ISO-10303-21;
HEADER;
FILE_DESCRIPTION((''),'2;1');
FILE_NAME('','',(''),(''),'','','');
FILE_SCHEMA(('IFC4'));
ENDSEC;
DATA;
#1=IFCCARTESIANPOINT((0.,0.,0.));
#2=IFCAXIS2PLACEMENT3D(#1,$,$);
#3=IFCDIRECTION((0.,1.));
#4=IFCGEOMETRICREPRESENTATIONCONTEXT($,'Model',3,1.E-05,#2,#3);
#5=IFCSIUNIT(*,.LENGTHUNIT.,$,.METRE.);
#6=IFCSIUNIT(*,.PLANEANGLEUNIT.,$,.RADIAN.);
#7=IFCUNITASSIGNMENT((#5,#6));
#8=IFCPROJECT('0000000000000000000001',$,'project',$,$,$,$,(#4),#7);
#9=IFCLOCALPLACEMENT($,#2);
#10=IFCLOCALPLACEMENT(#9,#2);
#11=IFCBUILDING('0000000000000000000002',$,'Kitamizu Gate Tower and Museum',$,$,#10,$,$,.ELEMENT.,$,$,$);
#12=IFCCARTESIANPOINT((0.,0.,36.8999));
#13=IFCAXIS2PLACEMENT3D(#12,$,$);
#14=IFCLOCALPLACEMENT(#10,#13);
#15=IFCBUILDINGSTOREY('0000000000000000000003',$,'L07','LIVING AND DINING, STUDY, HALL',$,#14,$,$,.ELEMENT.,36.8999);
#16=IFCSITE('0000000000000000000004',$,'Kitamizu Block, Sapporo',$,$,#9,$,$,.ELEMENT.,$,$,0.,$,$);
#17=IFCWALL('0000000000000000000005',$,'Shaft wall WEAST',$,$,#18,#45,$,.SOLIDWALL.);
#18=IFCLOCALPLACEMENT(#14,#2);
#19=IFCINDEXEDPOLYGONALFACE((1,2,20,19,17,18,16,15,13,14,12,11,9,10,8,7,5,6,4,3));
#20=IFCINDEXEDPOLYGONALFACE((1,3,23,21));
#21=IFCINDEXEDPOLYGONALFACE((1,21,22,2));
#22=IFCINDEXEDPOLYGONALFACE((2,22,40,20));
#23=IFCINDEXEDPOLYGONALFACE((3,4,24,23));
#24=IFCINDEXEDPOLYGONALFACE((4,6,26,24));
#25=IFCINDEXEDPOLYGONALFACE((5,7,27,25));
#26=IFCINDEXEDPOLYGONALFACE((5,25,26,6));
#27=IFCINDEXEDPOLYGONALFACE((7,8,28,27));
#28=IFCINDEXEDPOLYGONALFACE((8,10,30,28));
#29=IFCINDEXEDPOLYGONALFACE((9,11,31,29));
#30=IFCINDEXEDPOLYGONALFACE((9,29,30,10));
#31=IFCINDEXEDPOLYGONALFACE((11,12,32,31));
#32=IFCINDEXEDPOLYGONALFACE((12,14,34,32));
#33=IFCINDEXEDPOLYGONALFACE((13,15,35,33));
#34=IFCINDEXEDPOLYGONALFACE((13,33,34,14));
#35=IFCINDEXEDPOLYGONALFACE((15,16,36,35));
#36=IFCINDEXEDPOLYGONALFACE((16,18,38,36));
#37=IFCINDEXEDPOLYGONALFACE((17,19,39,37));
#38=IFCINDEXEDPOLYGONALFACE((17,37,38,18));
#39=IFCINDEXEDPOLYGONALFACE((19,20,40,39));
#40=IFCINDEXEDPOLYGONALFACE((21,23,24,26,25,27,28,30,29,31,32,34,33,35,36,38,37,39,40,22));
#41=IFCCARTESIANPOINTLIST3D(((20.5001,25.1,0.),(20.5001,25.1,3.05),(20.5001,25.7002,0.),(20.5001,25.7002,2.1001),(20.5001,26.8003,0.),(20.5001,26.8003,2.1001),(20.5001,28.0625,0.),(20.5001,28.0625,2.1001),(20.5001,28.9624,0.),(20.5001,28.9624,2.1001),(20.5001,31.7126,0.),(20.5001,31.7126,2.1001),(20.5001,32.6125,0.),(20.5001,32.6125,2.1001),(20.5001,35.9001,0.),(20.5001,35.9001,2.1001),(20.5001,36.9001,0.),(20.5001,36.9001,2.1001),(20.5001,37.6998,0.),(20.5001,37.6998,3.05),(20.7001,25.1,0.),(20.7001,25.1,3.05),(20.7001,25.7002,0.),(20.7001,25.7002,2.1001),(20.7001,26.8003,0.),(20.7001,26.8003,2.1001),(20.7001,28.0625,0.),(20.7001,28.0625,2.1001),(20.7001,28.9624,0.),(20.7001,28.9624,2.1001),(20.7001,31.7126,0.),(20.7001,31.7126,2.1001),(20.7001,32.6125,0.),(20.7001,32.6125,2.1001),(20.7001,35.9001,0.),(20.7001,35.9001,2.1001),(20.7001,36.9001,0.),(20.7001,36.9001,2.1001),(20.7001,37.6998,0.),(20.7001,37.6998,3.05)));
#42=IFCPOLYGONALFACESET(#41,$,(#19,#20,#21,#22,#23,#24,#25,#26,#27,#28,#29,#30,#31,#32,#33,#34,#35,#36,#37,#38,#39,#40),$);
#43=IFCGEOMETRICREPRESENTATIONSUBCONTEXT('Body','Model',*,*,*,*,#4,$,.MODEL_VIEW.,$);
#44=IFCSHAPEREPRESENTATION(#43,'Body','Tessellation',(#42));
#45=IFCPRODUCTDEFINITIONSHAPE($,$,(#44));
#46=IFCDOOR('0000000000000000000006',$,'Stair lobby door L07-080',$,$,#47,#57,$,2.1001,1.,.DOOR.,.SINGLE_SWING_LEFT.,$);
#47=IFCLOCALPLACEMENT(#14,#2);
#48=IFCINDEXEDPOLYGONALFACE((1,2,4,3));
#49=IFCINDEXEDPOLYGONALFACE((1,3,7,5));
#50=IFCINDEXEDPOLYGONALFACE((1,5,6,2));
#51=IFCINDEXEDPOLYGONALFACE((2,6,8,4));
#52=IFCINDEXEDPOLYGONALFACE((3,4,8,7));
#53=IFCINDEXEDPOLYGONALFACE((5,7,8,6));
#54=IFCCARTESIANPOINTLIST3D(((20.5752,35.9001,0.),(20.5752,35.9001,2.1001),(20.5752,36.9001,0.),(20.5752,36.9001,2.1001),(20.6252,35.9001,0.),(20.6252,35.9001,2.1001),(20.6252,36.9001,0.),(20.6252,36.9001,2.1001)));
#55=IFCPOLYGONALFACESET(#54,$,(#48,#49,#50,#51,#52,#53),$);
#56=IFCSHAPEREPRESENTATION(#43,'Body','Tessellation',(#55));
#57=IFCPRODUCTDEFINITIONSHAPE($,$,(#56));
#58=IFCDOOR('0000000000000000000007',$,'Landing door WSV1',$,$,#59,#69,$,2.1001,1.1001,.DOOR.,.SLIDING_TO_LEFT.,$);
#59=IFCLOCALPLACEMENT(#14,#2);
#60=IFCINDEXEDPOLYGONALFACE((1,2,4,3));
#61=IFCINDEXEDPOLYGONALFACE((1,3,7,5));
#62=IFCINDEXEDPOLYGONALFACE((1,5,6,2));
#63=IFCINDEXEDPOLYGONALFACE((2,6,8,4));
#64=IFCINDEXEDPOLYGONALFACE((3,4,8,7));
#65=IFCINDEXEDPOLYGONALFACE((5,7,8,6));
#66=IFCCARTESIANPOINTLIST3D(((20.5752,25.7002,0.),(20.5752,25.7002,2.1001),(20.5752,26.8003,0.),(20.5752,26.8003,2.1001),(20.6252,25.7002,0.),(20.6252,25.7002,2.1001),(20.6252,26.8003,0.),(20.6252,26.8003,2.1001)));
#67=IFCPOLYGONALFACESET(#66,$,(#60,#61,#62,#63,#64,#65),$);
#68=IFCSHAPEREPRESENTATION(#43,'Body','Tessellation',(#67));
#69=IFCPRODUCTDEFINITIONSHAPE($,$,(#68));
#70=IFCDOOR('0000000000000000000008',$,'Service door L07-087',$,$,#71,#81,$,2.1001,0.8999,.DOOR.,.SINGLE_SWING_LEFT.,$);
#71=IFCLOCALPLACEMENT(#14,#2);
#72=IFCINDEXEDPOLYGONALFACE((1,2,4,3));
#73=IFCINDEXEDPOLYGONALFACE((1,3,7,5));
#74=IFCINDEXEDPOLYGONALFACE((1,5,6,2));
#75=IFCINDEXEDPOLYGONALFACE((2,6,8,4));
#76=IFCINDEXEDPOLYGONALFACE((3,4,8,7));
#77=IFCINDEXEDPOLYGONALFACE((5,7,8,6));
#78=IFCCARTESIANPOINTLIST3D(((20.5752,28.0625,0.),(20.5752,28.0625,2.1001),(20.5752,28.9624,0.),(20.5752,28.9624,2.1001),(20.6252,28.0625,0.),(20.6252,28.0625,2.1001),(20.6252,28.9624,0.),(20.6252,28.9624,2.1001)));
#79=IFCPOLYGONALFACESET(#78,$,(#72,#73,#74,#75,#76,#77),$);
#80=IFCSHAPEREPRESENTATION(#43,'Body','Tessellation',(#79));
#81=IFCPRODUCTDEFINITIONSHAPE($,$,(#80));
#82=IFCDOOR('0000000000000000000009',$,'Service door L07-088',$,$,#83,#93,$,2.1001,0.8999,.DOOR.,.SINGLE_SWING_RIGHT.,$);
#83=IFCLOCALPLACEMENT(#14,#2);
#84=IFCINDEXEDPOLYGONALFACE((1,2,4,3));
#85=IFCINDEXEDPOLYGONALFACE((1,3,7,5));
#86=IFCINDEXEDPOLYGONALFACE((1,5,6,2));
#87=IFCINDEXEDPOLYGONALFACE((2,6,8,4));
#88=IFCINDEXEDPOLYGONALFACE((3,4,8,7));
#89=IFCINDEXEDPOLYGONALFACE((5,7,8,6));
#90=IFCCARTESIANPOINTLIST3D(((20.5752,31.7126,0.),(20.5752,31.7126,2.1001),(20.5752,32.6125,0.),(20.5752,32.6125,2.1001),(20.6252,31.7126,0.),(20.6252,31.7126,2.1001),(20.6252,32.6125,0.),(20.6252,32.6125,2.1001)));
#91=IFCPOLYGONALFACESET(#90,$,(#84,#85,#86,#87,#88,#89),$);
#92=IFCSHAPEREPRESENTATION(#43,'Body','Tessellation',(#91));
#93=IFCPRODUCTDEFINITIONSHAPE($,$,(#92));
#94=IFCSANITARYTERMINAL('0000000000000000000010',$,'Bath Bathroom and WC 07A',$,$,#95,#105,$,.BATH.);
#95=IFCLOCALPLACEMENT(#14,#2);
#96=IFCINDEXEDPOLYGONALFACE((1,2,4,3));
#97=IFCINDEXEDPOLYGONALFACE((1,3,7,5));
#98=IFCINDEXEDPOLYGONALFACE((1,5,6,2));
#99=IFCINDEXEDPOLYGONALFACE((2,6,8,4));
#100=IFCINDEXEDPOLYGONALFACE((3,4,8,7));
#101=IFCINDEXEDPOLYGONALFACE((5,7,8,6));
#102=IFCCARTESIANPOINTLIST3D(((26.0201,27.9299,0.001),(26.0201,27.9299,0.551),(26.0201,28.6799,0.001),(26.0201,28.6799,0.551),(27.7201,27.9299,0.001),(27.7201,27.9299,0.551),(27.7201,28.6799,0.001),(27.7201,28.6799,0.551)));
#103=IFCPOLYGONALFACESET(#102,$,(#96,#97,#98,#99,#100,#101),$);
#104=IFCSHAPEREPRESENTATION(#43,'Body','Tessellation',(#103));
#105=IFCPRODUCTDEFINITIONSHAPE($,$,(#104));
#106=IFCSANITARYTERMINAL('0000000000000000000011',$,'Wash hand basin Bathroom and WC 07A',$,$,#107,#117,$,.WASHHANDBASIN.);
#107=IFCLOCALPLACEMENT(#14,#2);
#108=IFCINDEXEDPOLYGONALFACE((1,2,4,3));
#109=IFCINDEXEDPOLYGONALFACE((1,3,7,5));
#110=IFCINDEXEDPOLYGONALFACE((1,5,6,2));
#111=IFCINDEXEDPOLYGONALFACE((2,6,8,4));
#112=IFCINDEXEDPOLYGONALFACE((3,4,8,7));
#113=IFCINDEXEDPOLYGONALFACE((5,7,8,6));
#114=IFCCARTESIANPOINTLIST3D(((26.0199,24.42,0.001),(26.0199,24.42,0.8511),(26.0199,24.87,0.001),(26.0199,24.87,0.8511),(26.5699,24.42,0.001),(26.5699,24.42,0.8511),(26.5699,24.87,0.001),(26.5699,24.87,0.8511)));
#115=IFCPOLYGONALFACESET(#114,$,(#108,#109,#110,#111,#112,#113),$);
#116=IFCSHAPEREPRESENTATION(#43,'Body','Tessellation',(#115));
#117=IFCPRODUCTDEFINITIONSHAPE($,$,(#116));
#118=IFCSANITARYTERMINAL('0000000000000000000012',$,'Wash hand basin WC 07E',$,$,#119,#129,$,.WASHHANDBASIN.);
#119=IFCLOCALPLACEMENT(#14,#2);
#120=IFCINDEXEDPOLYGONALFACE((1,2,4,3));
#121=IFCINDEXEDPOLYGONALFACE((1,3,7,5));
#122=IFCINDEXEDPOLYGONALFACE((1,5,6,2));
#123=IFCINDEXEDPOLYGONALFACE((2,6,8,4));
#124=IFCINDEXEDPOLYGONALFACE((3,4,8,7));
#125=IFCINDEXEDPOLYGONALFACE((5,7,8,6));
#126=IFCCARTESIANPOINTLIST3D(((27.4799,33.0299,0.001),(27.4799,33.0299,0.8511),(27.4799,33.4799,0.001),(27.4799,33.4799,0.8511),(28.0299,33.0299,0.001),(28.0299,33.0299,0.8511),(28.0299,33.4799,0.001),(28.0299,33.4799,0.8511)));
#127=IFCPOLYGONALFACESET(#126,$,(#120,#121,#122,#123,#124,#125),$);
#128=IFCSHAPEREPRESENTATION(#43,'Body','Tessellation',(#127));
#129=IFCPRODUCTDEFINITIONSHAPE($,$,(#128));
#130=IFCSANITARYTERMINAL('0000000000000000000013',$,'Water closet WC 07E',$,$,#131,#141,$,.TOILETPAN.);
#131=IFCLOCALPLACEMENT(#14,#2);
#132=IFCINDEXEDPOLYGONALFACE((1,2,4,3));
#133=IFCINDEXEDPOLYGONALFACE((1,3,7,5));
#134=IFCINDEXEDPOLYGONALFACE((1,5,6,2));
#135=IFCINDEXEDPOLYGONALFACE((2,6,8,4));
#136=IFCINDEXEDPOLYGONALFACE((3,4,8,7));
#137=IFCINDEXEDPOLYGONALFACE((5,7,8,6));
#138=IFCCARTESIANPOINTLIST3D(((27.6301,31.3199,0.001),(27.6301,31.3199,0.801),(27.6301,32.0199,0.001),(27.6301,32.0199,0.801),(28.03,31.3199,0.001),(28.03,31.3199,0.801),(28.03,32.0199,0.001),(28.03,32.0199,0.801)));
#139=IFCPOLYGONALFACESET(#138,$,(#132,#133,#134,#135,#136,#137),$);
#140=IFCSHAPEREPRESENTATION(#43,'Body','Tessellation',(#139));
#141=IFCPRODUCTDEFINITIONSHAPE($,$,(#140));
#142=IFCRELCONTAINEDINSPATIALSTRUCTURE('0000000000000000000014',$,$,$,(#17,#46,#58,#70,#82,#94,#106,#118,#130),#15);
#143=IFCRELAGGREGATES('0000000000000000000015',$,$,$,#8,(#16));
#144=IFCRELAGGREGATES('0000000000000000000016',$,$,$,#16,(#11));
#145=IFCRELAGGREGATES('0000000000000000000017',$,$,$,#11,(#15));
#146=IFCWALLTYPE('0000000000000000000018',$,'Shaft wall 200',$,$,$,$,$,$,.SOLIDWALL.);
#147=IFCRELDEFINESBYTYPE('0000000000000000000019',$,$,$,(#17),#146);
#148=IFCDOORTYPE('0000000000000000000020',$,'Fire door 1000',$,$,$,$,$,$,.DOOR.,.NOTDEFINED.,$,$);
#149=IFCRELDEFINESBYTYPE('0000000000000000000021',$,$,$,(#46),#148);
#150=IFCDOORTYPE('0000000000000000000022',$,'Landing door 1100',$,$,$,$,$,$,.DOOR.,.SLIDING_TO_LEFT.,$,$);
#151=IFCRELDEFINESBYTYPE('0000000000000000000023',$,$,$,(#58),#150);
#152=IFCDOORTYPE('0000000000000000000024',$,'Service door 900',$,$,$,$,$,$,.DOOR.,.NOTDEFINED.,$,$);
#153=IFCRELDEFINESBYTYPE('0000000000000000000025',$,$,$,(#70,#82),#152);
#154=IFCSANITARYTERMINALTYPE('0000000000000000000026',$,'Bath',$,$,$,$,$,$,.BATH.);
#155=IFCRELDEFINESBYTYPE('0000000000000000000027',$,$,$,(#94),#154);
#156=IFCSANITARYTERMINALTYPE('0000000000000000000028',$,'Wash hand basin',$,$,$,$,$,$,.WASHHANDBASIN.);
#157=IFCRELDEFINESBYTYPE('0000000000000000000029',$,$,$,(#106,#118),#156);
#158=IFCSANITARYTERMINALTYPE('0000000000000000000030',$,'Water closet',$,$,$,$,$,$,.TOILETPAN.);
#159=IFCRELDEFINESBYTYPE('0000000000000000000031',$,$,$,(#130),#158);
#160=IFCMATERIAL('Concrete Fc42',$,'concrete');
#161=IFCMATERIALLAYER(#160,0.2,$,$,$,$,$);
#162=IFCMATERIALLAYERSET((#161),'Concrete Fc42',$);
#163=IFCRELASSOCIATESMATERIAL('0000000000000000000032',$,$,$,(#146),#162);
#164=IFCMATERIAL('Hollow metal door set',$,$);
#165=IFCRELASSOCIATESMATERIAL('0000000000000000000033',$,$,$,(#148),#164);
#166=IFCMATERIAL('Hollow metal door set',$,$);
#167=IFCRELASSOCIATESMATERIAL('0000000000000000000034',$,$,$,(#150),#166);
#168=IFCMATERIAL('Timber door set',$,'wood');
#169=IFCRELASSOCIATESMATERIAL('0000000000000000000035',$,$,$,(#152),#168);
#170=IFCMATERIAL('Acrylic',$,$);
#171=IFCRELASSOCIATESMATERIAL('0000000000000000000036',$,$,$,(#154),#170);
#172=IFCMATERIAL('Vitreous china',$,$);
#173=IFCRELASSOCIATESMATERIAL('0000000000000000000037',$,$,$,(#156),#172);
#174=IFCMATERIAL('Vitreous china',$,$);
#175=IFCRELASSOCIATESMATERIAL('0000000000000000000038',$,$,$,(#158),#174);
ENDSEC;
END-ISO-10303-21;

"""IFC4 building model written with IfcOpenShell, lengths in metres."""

from ifc_helpers import new_model, si_unit, direction, frame, frame_2d, origin, origin_2d, place, context, subcontext, project, spatial, rectangle, extrude, material, layer, layer_set, type_object, element, fill, save


model = new_model("IFC4")

# Units and contexts
model_context = context("Model", 3, precision=1e-05, world=origin(), true_north=direction((0.0, 1.0)))
body_context = subcontext(model_context, "Body", "Model", "MODEL_VIEW")
ifc_project = project(units=[si_unit("LENGTHUNIT", "METRE"), si_unit("PLANEANGLEUNIT", "RADIAN")], contexts=[model_context])

# Site, building, storey
site_placement = place(None, origin())
site = spatial("IfcSite", under=ifc_project, at=site_placement, Name="Kitamizu Block, Sapporo", CompositionType="ELEMENT", RefElevation=0.0)
building_placement = place(site_placement, origin())
building = spatial("IfcBuilding", under=site, at=building_placement, Name="Kitamizu Gate Tower and Museum", CompositionType="ELEMENT")
storey_placement = place(building_placement, frame((0.0, 0.0, 36.8999)))
storey = spatial("IfcBuildingStorey", under=building, at=storey_placement, Name="L07", Description="LIVING AND DINING, STUDY, HALL", CompositionType="ELEMENT", Elevation=36.8999)

# Wall, openings, doors
ifc_material_1 = material(Name="Concrete Fc42", Category="concrete")
ifc_layer_1 = layer(ifc_material_1, 0.2)
ifc_layer_set_1 = layer_set([ifc_layer_1], Name="Concrete Fc42")
wall_type_1 = type_object("IfcWallType", Name="Shaft wall 200", PredefinedType="SOLIDWALL", material=ifc_layer_set_1)
wall_1_placement = place(storey_placement, frame((20.6001, 25.1001, 0.0), z_axis=(0.0, 0.0, 1.0), x_axis=(0.0, 1.0, 0.0)))
wall_1 = element("IfcWall", 1, at=wall_1_placement, inside=storey, type_object=wall_type_1, Name="Shaft wall WEAST", PredefinedType="SOLIDWALL", context=body_context, shape_type="SweptSolid", body=[
    extrude(rectangle(XDim=12.5999, YDim=0.2, at=frame_2d((6.2998, 0.0))), origin(), (0.0, 0.0, 1.0), 3.05),
])
opening_1_placement = place(wall_1_placement, frame((0.6001, 0.0, 0.0)))
opening_1 = element("IfcOpeningElement", 2, at=opening_1_placement, cuts=wall_1, PredefinedType="OPENING", context=body_context, shape_type="SweptSolid", body=[
    extrude(rectangle(XDim=1.1001, YDim=2.1001, at=frame_2d((0.55, 1.05))), frame((0.0, 0.1099, 0.0), z_axis=(0.0, -1.0, 0.0), x_axis=(1.0, 0.0, 0.0)), (0.0, 0.0, 1.0), 0.22),
])
opening_2_placement = place(wall_1_placement, frame((10.8, 0.0, 0.0)))
opening_2 = element("IfcOpeningElement", 3, at=opening_2_placement, cuts=wall_1, PredefinedType="OPENING", context=body_context, shape_type="SweptSolid", body=[
    extrude(rectangle(XDim=1.0, YDim=2.1001, at=frame_2d((0.5, 1.05))), frame((0.0, 0.1099, 0.0), z_axis=(0.0, -1.0, 0.0), x_axis=(1.0, 0.0, 0.0)), (0.0, 0.0, 1.0), 0.22),
])
opening_3_placement = place(wall_1_placement, frame((2.9624, 0.0, 0.0)))
opening_3 = element("IfcOpeningElement", 4, at=opening_3_placement, cuts=wall_1, PredefinedType="OPENING", context=body_context, shape_type="SweptSolid", body=[
    extrude(rectangle(XDim=0.8999, YDim=2.1001, at=frame_2d((0.45, 1.05))), frame((0.0, 0.1099, 0.0), z_axis=(0.0, -1.0, 0.0), x_axis=(1.0, 0.0, 0.0)), (0.0, 0.0, 1.0), 0.22),
])
opening_4_placement = place(wall_1_placement, frame((6.6125, 0.0, 0.0)))
opening_4 = element("IfcOpeningElement", 5, at=opening_4_placement, cuts=wall_1, PredefinedType="OPENING", context=body_context, shape_type="SweptSolid", body=[
    extrude(rectangle(XDim=0.8999, YDim=2.1001, at=frame_2d((0.45, 1.05))), frame((0.0, 0.1099, 0.0), z_axis=(0.0, -1.0, 0.0), x_axis=(1.0, 0.0, 0.0)), (0.0, 0.0, 1.0), 0.22),
])
ifc_material_2 = material(Name="Hollow metal door set")
door_type_1 = type_object("IfcDoorType", Name="Fire door 1000", OperationType="NOTDEFINED", PredefinedType="DOOR", material=ifc_material_2)
door_1_placement = place(opening_2_placement, origin())
door_1 = element("IfcDoor", 6, at=door_1_placement, inside=storey, type_object=door_type_1, Name="Stair lobby door L07-080", OperationType="SINGLE_SWING_LEFT", OverallHeight=2.1001, OverallWidth=1.0, PredefinedType="DOOR", context=body_context, shape_type="SweptSolid", body=[
    extrude(rectangle(XDim=1.0, YDim=2.1001, at=frame_2d((0.5, 1.05))), frame((0.0, 0.0249, 0.0), z_axis=(0.0, -1.0, 0.0), x_axis=(1.0, 0.0, 0.0)), (0.0, 0.0, 1.0), 0.05),
])
fill(opening_2, door_1)
ifc_material_3 = material(Name="Hollow metal door set")
door_type_2 = type_object("IfcDoorType", Name="Landing door 1100", OperationType="SLIDING_TO_LEFT", PredefinedType="DOOR", material=ifc_material_3)
door_2_placement = place(opening_1_placement, origin())
door_2 = element("IfcDoor", 7, at=door_2_placement, inside=storey, type_object=door_type_2, Name="Landing door WSV1", OperationType="SLIDING_TO_LEFT", OverallHeight=2.1001, OverallWidth=1.1001, PredefinedType="DOOR", context=body_context, shape_type="SweptSolid", body=[
    extrude(rectangle(XDim=1.1001, YDim=2.1001, at=frame_2d((0.55, 1.05))), frame((0.0, 0.0249, 0.0), z_axis=(0.0, -1.0, 0.0), x_axis=(1.0, 0.0, 0.0)), (0.0, 0.0, 1.0), 0.05),
])
fill(opening_1, door_2)
ifc_material_4 = material(Name="Timber door set", Category="wood")
door_type_3 = type_object("IfcDoorType", Name="Service door 900", OperationType="NOTDEFINED", PredefinedType="DOOR", material=ifc_material_4)
door_3_placement = place(opening_3_placement, origin())
door_3 = element("IfcDoor", 8, at=door_3_placement, inside=storey, type_object=door_type_3, Name="Service door L07-087", OperationType="SINGLE_SWING_LEFT", OverallHeight=2.1001, OverallWidth=0.8999, PredefinedType="DOOR", context=body_context, shape_type="SweptSolid", body=[
    extrude(rectangle(XDim=0.8999, YDim=2.1001, at=frame_2d((0.45, 1.05))), frame((0.0, 0.0249, 0.0), z_axis=(0.0, -1.0, 0.0), x_axis=(1.0, 0.0, 0.0)), (0.0, 0.0, 1.0), 0.05),
])
fill(opening_3, door_3)
door_4_placement = place(opening_4_placement, origin())
door_4 = element("IfcDoor", 9, at=door_4_placement, inside=storey, type_object=door_type_3, Name="Service door L07-088", OperationType="SINGLE_SWING_RIGHT", OverallHeight=2.1001, OverallWidth=0.8999, PredefinedType="DOOR", context=body_context, shape_type="SweptSolid", body=[
    extrude(rectangle(XDim=0.8999, YDim=2.1001, at=frame_2d((0.45, 1.05))), frame((0.0, 0.0249, 0.0), z_axis=(0.0, -1.0, 0.0), x_axis=(1.0, 0.0, 0.0)), (0.0, 0.0, 1.0), 0.05),
])
fill(opening_4, door_4)

# Sanitary terminals
ifc_material_5 = material(Name="Acrylic")
sanitary_terminal_type_1 = type_object("IfcSanitaryTerminalType", Name="Bath", PredefinedType="BATH", material=ifc_material_5)
sanitary_terminal_1_placement = place(storey_placement, frame((26.8701, 28.3049, 0.001), z_axis=(0.0, 0.0, 1.0), x_axis=(1.0, 0.0, 0.0)))
element("IfcSanitaryTerminal", 10, at=sanitary_terminal_1_placement, inside=storey, type_object=sanitary_terminal_type_1, Name="Bath Bathroom and WC 07A", PredefinedType="BATH", context=body_context, shape_type="SweptSolid", body=[
    extrude(rectangle(XDim=1.7, YDim=0.75, at=origin_2d()), origin(), (0.0, 0.0, 1.0), 0.55),
])
ifc_material_6 = material(Name="Vitreous china")
sanitary_terminal_type_2 = type_object("IfcSanitaryTerminalType", Name="Wash hand basin", PredefinedType="WASHHANDBASIN", material=ifc_material_6)
for number, where, z_axis, x_axis, name in (
    (11, (26.2949, 24.645, 0.001), (0.0, 0.0, 1.0), (1.0, 0.0, 0.0), "Wash hand basin Bathroom and WC 07A"),
    (12, (27.7549, 33.2549, 0.001), (0.0, 0.0, 1.0), (1.0, 0.0, 0.0), "Wash hand basin WC 07E"),
):
    element("IfcSanitaryTerminal", number, at=place(storey_placement, frame(where, z_axis=z_axis, x_axis=x_axis)), inside=storey, type_object=sanitary_terminal_type_2, Name=name, PredefinedType="WASHHANDBASIN", context=body_context, shape_type="SweptSolid", body=[
        extrude(rectangle(XDim=0.55, YDim=0.45, at=origin_2d()), origin(), (0.0, 0.0, 1.0), 0.8501),
    ])
ifc_material_7 = material(Name="Vitreous china")
sanitary_terminal_type_3 = type_object("IfcSanitaryTerminalType", Name="Water closet", PredefinedType="TOILETPAN", material=ifc_material_7)
sanitary_terminal_2_placement = place(storey_placement, frame((27.8301, 31.6699, 0.001), z_axis=(0.0, 0.0, 1.0), x_axis=(1.0, 0.0, 0.0)))
element("IfcSanitaryTerminal", 13, at=sanitary_terminal_2_placement, inside=storey, type_object=sanitary_terminal_type_3, Name="Water closet WC 07E", PredefinedType="TOILETPAN", context=body_context, shape_type="SweptSolid", body=[
    extrude(rectangle(XDim=0.3999, YDim=0.7, at=origin_2d()), origin(), (0.0, 0.0, 1.0), 0.8),
])

save(model, "model.ifc")
